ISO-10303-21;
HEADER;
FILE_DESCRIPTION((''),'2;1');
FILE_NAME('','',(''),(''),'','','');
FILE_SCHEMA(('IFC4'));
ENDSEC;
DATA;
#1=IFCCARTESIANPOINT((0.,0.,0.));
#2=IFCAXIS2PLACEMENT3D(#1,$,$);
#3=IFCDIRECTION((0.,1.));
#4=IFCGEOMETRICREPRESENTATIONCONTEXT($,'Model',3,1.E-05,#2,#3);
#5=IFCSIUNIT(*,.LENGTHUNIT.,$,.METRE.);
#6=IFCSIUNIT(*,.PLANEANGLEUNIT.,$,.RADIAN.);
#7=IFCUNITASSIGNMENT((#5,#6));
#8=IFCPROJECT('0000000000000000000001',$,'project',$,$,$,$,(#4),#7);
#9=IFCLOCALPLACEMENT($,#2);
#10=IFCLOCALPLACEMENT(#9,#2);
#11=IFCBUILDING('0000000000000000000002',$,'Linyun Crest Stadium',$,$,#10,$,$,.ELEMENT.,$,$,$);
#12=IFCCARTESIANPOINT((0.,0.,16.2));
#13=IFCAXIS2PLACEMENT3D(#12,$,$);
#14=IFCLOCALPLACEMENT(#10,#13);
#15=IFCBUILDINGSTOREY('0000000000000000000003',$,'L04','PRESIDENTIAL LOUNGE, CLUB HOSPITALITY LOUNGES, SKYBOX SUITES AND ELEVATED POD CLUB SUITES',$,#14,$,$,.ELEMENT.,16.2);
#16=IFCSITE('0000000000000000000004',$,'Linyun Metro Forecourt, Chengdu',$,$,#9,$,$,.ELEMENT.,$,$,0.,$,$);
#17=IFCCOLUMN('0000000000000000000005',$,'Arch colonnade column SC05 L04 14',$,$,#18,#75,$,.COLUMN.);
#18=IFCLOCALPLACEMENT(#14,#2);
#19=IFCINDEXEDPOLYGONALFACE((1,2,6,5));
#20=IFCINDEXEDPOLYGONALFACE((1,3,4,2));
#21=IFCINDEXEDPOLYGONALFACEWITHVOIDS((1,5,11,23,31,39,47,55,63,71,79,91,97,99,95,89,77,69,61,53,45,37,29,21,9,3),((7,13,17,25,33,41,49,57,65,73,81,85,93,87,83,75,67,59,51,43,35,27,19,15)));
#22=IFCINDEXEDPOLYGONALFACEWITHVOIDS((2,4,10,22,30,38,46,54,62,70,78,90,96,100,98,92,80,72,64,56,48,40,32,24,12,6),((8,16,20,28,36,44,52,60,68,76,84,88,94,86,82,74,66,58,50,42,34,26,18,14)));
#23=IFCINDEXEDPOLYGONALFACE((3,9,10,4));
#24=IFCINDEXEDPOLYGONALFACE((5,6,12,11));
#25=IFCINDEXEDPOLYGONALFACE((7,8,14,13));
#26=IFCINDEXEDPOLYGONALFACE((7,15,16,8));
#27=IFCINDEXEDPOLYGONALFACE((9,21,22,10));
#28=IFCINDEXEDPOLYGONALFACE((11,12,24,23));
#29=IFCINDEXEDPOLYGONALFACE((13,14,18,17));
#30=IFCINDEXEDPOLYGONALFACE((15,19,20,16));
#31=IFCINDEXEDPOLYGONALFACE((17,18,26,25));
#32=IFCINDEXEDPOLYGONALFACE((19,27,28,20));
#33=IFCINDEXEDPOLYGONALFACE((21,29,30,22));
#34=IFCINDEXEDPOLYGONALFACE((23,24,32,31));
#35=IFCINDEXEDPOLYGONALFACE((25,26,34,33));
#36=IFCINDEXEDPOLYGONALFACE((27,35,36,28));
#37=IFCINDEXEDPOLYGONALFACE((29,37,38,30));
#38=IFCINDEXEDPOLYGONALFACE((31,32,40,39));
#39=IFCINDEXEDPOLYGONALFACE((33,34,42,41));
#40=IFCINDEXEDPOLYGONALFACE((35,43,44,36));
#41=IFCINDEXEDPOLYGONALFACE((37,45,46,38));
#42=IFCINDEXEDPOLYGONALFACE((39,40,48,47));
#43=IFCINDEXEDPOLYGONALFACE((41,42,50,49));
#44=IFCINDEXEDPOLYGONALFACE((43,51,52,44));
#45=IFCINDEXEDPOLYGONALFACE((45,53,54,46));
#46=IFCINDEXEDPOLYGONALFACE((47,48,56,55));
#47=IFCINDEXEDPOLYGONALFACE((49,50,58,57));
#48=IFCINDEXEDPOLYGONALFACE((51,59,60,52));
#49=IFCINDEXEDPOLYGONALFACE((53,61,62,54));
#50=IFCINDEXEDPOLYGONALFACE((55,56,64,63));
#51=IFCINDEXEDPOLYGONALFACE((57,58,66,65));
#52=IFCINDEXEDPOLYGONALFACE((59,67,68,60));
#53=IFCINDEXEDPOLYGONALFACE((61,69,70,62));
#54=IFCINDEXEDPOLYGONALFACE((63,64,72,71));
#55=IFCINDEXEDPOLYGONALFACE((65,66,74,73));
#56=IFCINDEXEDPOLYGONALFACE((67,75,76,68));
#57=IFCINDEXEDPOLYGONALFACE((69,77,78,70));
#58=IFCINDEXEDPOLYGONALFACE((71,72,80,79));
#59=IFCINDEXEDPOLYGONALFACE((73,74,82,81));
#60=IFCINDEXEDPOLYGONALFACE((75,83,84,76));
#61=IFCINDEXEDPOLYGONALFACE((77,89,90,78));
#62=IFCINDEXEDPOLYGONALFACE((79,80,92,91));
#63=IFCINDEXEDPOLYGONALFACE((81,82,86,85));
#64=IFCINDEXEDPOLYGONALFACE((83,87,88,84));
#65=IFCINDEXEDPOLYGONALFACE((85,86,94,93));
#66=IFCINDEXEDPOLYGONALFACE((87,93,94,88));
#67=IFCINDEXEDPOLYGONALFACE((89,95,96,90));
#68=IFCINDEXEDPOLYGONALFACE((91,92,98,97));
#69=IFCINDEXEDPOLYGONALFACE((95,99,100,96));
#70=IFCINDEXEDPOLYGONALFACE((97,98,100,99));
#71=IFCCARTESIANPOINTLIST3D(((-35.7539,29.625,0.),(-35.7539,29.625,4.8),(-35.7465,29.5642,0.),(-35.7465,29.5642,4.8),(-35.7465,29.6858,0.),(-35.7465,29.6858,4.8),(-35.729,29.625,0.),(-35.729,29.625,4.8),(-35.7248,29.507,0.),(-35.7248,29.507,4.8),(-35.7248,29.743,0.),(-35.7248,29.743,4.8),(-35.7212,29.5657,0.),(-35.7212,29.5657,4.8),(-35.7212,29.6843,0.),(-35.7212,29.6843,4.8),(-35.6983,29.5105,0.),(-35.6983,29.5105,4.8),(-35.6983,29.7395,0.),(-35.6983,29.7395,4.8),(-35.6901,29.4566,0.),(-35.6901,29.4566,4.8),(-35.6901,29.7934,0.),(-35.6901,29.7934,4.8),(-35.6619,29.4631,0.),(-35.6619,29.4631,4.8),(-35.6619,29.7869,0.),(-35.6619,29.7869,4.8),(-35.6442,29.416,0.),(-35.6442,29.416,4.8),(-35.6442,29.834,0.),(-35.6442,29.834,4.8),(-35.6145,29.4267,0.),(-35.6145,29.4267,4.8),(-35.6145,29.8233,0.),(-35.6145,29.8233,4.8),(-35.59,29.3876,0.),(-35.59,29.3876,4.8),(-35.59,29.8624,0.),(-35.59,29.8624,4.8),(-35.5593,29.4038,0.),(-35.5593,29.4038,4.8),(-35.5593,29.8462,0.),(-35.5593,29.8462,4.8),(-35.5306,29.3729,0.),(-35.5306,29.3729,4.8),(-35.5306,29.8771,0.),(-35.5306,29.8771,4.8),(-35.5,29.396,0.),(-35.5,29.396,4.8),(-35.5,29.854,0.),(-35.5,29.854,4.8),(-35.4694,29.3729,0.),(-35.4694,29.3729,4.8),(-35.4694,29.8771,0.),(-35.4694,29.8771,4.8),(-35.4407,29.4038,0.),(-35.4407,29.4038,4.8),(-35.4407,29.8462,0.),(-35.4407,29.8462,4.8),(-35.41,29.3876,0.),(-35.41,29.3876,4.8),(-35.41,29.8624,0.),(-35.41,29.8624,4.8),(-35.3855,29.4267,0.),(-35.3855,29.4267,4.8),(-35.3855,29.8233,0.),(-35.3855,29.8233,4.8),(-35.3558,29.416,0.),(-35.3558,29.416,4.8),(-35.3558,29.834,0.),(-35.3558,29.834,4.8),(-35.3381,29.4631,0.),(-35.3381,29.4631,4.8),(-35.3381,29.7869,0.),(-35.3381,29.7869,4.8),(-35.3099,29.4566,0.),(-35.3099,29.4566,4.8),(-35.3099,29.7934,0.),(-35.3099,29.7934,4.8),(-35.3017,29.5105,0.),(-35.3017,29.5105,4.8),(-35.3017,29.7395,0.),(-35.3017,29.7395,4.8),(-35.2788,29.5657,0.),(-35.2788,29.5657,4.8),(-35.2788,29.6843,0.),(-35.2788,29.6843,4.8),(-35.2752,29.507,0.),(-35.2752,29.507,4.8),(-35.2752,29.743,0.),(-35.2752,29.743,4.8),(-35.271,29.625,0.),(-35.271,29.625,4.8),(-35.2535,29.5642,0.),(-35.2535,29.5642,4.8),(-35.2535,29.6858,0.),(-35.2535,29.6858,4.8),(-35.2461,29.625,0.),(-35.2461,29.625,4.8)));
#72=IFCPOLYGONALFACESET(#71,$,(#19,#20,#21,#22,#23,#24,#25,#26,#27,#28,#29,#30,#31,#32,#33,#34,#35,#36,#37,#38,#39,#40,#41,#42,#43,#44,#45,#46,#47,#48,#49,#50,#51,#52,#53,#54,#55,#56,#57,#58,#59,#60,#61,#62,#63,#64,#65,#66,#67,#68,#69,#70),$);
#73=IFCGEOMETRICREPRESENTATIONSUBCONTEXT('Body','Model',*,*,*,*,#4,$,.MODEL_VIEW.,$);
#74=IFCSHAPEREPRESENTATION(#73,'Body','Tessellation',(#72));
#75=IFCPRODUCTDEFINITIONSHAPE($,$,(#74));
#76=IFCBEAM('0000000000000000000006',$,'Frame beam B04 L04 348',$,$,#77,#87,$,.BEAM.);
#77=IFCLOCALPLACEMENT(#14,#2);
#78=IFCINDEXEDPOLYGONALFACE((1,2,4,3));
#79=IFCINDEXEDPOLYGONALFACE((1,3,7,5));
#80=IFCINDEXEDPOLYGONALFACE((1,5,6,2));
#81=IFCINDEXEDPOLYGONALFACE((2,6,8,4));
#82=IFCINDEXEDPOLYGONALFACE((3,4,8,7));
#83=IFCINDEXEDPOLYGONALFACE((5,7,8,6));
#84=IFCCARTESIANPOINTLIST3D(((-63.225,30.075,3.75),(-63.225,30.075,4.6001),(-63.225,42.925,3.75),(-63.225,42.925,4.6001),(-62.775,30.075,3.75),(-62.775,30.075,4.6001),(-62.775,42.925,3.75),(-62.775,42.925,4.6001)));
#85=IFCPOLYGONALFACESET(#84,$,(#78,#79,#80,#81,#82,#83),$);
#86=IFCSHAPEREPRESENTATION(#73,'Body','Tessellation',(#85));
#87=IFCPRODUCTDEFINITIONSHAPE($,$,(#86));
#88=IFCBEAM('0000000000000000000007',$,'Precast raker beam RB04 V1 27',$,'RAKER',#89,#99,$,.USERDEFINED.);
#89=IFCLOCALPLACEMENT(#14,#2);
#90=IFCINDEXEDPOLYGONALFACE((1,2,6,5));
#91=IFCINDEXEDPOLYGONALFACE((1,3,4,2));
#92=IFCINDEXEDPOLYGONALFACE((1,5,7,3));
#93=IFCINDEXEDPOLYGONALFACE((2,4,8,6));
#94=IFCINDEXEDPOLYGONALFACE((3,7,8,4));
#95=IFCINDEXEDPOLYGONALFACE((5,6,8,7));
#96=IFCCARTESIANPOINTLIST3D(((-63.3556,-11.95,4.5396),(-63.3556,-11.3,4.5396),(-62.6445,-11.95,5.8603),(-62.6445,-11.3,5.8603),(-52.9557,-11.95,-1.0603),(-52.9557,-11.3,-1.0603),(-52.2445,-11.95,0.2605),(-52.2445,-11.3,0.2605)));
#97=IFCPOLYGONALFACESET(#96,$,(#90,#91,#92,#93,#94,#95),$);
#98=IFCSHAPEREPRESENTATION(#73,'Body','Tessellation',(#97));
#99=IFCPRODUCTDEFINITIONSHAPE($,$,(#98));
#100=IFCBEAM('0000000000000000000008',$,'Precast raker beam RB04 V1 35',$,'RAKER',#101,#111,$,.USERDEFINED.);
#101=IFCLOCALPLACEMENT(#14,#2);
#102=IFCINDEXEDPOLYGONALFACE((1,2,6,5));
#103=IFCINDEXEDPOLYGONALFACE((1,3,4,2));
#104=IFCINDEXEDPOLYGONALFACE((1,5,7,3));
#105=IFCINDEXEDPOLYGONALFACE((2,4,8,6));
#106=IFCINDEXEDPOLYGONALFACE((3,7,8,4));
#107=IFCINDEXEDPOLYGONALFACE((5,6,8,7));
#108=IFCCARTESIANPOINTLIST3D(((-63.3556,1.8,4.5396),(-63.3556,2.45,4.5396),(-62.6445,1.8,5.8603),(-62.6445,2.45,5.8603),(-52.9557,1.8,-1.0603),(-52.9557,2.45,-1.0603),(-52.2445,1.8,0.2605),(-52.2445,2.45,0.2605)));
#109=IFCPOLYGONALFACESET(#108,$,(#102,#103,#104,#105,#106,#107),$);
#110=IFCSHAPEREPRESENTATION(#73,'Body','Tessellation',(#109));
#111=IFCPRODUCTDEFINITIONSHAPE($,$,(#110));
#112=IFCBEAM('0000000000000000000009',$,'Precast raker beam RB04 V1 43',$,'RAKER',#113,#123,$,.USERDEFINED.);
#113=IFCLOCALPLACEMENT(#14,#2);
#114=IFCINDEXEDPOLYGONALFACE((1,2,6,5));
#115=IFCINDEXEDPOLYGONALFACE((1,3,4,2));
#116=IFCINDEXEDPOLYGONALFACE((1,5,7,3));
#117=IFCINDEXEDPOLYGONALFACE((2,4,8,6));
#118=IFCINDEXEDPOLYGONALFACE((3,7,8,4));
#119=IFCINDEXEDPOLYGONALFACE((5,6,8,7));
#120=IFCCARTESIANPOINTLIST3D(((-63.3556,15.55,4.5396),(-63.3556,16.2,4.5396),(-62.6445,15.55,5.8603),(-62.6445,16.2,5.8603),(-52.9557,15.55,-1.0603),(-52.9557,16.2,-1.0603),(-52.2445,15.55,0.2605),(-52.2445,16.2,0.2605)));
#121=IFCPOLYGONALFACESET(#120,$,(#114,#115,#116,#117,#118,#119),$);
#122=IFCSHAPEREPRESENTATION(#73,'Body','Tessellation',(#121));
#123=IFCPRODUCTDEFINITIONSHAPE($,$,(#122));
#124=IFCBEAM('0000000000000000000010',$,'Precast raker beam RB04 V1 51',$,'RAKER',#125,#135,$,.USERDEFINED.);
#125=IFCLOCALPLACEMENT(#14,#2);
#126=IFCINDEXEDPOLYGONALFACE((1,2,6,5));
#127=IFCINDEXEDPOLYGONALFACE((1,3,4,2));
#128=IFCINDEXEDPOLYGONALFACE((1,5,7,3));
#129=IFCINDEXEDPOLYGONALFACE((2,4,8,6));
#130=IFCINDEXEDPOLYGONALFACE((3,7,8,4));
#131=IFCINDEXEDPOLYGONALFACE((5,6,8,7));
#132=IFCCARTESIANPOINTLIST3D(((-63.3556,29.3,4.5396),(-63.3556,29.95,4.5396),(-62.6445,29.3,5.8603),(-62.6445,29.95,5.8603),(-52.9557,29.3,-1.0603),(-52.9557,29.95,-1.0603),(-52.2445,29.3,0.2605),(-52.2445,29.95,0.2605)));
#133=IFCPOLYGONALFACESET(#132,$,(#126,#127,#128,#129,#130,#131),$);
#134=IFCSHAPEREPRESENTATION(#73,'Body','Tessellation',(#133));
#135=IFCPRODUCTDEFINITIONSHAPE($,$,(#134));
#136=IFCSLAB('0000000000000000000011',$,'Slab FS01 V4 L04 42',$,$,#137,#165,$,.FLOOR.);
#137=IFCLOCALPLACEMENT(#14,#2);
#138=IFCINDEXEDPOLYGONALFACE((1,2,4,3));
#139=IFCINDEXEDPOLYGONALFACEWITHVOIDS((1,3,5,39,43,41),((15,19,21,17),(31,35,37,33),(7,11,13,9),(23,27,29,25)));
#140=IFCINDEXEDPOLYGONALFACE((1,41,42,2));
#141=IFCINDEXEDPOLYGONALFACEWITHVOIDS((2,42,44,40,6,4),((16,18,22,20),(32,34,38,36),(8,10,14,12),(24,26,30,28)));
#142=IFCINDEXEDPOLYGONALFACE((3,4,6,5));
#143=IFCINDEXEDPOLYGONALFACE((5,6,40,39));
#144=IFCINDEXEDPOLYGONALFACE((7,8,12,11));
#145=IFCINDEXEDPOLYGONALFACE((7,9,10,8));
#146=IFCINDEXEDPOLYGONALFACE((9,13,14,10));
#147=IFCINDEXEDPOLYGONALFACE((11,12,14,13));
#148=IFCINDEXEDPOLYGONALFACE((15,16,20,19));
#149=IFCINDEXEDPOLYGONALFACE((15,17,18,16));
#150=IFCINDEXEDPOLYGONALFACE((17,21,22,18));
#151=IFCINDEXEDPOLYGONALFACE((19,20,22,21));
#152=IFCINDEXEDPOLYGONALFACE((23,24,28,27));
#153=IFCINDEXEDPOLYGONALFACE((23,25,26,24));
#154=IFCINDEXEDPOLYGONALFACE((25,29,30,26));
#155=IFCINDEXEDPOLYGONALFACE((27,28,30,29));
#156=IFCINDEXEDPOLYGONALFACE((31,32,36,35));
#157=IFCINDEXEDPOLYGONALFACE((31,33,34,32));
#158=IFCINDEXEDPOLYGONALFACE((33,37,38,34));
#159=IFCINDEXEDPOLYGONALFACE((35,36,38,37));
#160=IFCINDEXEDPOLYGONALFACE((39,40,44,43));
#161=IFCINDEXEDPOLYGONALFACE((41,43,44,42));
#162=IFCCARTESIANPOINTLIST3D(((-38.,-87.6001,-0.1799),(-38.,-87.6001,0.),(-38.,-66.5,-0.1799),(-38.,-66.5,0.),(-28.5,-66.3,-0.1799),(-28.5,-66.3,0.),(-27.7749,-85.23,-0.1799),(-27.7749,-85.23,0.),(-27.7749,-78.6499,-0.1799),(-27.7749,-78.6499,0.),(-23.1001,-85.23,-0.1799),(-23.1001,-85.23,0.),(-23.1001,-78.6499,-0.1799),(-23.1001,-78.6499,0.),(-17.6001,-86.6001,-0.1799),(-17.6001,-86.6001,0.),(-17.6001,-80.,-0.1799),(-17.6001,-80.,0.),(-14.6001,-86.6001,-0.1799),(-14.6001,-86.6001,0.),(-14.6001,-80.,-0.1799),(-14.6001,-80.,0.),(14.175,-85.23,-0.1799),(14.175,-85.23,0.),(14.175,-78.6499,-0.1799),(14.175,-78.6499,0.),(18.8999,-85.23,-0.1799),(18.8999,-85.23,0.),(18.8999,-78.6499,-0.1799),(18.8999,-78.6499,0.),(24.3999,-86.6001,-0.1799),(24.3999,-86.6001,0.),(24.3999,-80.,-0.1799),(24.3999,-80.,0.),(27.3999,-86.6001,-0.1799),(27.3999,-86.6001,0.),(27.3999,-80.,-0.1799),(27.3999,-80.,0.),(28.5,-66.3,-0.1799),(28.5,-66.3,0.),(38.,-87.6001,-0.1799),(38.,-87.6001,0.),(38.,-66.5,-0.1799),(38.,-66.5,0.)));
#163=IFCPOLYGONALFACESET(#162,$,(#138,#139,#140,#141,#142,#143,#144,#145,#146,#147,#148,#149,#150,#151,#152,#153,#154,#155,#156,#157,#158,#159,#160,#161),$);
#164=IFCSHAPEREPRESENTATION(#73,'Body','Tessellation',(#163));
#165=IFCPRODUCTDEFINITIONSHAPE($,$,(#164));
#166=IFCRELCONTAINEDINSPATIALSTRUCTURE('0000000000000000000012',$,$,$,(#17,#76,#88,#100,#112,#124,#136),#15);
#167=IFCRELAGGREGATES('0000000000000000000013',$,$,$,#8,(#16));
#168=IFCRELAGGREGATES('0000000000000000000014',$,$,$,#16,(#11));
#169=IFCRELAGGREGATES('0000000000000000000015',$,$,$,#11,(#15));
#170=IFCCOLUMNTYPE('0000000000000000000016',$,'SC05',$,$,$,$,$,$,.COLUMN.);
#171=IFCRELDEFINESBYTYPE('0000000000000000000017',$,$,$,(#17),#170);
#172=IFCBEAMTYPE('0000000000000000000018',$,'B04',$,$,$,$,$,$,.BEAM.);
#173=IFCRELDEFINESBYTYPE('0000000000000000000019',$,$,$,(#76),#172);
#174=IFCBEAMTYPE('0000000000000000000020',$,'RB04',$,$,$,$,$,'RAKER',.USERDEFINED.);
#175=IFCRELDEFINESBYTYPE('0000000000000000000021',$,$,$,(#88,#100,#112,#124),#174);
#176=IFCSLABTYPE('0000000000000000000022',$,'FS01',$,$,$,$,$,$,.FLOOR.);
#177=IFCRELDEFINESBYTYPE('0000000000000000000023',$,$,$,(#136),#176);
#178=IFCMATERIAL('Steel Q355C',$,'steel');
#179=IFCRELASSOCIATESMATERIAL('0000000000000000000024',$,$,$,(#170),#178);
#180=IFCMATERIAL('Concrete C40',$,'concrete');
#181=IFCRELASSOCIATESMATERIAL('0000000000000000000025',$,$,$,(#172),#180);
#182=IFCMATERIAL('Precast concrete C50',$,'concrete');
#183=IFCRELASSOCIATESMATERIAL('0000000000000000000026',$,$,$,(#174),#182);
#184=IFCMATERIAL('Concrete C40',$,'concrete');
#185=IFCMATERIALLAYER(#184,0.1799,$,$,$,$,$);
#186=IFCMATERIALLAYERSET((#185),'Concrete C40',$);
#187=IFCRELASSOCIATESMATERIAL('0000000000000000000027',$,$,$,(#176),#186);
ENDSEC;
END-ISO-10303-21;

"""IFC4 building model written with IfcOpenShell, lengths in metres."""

from ifc_helpers import new_model, si_unit, direction, frame, origin, origin_2d, place, context, subcontext, project, spatial, polyline, rectangle, hollow_circle, outline, extrude, material, layer, layer_set, material_profile, profile_set, type_object, element, save


model = new_model("IFC4")

# Units and contexts
model_context = context("Model", 3, precision=1e-05, world=origin(), true_north=direction((0.0, 1.0)))
body_context = subcontext(model_context, "Body", "Model", "MODEL_VIEW")
ifc_project = project(units=[si_unit("LENGTHUNIT", "METRE"), si_unit("PLANEANGLEUNIT", "RADIAN")], contexts=[model_context])

# Site, building, storey
site_placement = place(None, origin())
site = spatial("IfcSite", under=ifc_project, at=site_placement, Name="Linyun Metro Forecourt, Chengdu", CompositionType="ELEMENT", RefElevation=0.0)
building_placement = place(site_placement, origin())
building = spatial("IfcBuilding", under=site, at=building_placement, Name="Linyun Crest Stadium", CompositionType="ELEMENT")
storey_placement = place(building_placement, frame((0.0, 0.0, 16.2)))
storey = spatial("IfcBuildingStorey", under=building, at=storey_placement, Name="L04", Description="PRESIDENTIAL LOUNGE, CLUB HOSPITALITY LOUNGES, SKYBOX SUITES AND ELEVATED POD CLUB SUITES", CompositionType="ELEMENT", Elevation=16.2)

# Column
ifc_material_1 = material(Name="Steel Q355C", Category="steel")
ifc_material_profile_1 = material_profile(ifc_material_1, hollow_circle(Radius=0.2539, WallThickness=0.0249, at=origin_2d()), Name="CHS 508x25")
ifc_profile_set_1 = profile_set([ifc_material_profile_1], Name="Steel Q355C")
column_type_1 = type_object("IfcColumnType", Name="SC05", PredefinedType="COLUMN", material=ifc_profile_set_1)
for number, where, z_axis, x_axis, name in (
    (1, (-35.5, 29.625, 0.0), (0.0, 0.0, 1.0), (1.0, 0.0, 0.0), "Arch colonnade column SC05 L04 14"),
):
    element("IfcColumn", number, at=place(storey_placement, frame(where, z_axis=z_axis, x_axis=x_axis)), inside=storey, type_object=column_type_1, Name=name, PredefinedType="COLUMN", context=body_context, shape_type="SweptSolid", body=[
        extrude(hollow_circle(Radius=0.2539, WallThickness=0.0249, at=origin_2d()), origin(), (0.0, 0.0, 1.0), 4.8),
    ])

# Beams
ifc_material_2 = material(Name="Concrete C40", Category="concrete")
ifc_material_profile_2 = material_profile(ifc_material_2, rectangle(XDim=0.45, YDim=0.8501, at=origin_2d()), Name="RCB 850x450")
ifc_profile_set_2 = profile_set([ifc_material_profile_2], Name="Concrete C40")
beam_type_1 = type_object("IfcBeamType", Name="B04", PredefinedType="BEAM", material=ifc_profile_set_2)
beam_placement = place(storey_placement, frame((-63.0, 30.075, 4.175), z_axis=(0.0, 1.0, 0.0), x_axis=(-1.0, 0.0, 0.0)))
element("IfcBeam", 2, at=beam_placement, inside=storey, type_object=beam_type_1, Name="Frame beam B04 L04 348", PredefinedType="BEAM", context=body_context, shape_type="SweptSolid", body=[
    extrude(rectangle(XDim=0.45, YDim=0.8501, at=origin_2d()), origin(), (0.0, 0.0, 1.0), 12.8501),
])
ifc_material_3 = material(Name="Precast concrete C50", Category="concrete")
ifc_material_profile_3 = material_profile(ifc_material_3, rectangle(XDim=0.6499, YDim=1.5, at=origin_2d()), Name="PCR 1500x650")
ifc_profile_set_3 = profile_set([ifc_material_profile_3], Name="Precast concrete C50")
beam_type_2 = type_object("IfcBeamType", Name="RB04", ElementType="RAKER", PredefinedType="USERDEFINED", material=ifc_profile_set_3)
for number, where, z_axis, x_axis, name in (
    (3, (-52.6001, -11.625, -0.3999), (-0.880474, 0.0, 0.474094), (0.0, -1.0, 0.0), "Precast raker beam RB04 V1 27"),
    (4, (-52.6001, 2.125, -0.3999), (-0.880474, 0.0, 0.474094), (0.0, -1.0, 0.0), "Precast raker beam RB04 V1 35"),
    (5, (-52.6001, 15.875, -0.3999), (-0.880474, 0.0, 0.474094), (0.0, -1.0, 0.0), "Precast raker beam RB04 V1 43"),
    (6, (-52.6001, 29.625, -0.3999), (-0.880474, 0.0, 0.474094), (0.0, -1.0, 0.0), "Precast raker beam RB04 V1 51"),
):
    element("IfcBeam", number, at=place(storey_placement, frame(where, z_axis=z_axis, x_axis=x_axis)), inside=storey, type_object=beam_type_2, Name=name, ObjectType="RAKER", PredefinedType="USERDEFINED", context=body_context, shape_type="SweptSolid", body=[
        extrude(rectangle(XDim=0.6499, YDim=1.5, at=origin_2d()), origin(), (0.0, 0.0, 1.0), 11.8118),
    ])

# Slab
ifc_material_4 = material(Name="Concrete C40", Category="concrete")
ifc_layer_1 = layer(ifc_material_4, 0.1799)
ifc_layer_set_1 = layer_set([ifc_layer_1], Name="Concrete C40")
slab_type_1 = type_object("IfcSlabType", Name="FS01", PredefinedType="FLOOR", material=ifc_layer_set_1)
slab_1_placement = place(storey_placement, frame((0.0, 0.0, -0.1799)))
element("IfcSlab", 7, at=slab_1_placement, inside=storey, type_object=slab_type_1, Name="Slab FS01 V4 L04 42", PredefinedType="FLOOR", context=body_context, shape_type="SweptSolid", body=[
    extrude(outline(polyline([(-38.0, -87.6001), (38.0, -87.6001), (38.0, -66.5), (28.5, -66.3), (-28.5, -66.3), (-38.0, -66.5), (-38.0, -87.6001)]), holes=[polyline([(-27.7749, -85.23), (-27.7749, -78.6499), (-23.1001, -78.6499), (-23.1001, -85.23), (-27.7749, -85.23)]), polyline([(-17.6001, -86.6001), (-17.6001, -80.0), (-14.6001, -80.0), (-14.6001, -86.6001), (-17.6001, -86.6001)]), polyline([(14.175, -85.23), (14.175, -78.6499), (18.8999, -78.6499), (18.8999, -85.23), (14.175, -85.23)]), polyline([(24.3999, -86.6001), (24.3999, -80.0), (27.3999, -80.0), (27.3999, -86.6001), (24.3999, -86.6001)])]), origin(), (0.0, 0.0, 1.0), 0.1799),
])

save(model, "model.ifc")
